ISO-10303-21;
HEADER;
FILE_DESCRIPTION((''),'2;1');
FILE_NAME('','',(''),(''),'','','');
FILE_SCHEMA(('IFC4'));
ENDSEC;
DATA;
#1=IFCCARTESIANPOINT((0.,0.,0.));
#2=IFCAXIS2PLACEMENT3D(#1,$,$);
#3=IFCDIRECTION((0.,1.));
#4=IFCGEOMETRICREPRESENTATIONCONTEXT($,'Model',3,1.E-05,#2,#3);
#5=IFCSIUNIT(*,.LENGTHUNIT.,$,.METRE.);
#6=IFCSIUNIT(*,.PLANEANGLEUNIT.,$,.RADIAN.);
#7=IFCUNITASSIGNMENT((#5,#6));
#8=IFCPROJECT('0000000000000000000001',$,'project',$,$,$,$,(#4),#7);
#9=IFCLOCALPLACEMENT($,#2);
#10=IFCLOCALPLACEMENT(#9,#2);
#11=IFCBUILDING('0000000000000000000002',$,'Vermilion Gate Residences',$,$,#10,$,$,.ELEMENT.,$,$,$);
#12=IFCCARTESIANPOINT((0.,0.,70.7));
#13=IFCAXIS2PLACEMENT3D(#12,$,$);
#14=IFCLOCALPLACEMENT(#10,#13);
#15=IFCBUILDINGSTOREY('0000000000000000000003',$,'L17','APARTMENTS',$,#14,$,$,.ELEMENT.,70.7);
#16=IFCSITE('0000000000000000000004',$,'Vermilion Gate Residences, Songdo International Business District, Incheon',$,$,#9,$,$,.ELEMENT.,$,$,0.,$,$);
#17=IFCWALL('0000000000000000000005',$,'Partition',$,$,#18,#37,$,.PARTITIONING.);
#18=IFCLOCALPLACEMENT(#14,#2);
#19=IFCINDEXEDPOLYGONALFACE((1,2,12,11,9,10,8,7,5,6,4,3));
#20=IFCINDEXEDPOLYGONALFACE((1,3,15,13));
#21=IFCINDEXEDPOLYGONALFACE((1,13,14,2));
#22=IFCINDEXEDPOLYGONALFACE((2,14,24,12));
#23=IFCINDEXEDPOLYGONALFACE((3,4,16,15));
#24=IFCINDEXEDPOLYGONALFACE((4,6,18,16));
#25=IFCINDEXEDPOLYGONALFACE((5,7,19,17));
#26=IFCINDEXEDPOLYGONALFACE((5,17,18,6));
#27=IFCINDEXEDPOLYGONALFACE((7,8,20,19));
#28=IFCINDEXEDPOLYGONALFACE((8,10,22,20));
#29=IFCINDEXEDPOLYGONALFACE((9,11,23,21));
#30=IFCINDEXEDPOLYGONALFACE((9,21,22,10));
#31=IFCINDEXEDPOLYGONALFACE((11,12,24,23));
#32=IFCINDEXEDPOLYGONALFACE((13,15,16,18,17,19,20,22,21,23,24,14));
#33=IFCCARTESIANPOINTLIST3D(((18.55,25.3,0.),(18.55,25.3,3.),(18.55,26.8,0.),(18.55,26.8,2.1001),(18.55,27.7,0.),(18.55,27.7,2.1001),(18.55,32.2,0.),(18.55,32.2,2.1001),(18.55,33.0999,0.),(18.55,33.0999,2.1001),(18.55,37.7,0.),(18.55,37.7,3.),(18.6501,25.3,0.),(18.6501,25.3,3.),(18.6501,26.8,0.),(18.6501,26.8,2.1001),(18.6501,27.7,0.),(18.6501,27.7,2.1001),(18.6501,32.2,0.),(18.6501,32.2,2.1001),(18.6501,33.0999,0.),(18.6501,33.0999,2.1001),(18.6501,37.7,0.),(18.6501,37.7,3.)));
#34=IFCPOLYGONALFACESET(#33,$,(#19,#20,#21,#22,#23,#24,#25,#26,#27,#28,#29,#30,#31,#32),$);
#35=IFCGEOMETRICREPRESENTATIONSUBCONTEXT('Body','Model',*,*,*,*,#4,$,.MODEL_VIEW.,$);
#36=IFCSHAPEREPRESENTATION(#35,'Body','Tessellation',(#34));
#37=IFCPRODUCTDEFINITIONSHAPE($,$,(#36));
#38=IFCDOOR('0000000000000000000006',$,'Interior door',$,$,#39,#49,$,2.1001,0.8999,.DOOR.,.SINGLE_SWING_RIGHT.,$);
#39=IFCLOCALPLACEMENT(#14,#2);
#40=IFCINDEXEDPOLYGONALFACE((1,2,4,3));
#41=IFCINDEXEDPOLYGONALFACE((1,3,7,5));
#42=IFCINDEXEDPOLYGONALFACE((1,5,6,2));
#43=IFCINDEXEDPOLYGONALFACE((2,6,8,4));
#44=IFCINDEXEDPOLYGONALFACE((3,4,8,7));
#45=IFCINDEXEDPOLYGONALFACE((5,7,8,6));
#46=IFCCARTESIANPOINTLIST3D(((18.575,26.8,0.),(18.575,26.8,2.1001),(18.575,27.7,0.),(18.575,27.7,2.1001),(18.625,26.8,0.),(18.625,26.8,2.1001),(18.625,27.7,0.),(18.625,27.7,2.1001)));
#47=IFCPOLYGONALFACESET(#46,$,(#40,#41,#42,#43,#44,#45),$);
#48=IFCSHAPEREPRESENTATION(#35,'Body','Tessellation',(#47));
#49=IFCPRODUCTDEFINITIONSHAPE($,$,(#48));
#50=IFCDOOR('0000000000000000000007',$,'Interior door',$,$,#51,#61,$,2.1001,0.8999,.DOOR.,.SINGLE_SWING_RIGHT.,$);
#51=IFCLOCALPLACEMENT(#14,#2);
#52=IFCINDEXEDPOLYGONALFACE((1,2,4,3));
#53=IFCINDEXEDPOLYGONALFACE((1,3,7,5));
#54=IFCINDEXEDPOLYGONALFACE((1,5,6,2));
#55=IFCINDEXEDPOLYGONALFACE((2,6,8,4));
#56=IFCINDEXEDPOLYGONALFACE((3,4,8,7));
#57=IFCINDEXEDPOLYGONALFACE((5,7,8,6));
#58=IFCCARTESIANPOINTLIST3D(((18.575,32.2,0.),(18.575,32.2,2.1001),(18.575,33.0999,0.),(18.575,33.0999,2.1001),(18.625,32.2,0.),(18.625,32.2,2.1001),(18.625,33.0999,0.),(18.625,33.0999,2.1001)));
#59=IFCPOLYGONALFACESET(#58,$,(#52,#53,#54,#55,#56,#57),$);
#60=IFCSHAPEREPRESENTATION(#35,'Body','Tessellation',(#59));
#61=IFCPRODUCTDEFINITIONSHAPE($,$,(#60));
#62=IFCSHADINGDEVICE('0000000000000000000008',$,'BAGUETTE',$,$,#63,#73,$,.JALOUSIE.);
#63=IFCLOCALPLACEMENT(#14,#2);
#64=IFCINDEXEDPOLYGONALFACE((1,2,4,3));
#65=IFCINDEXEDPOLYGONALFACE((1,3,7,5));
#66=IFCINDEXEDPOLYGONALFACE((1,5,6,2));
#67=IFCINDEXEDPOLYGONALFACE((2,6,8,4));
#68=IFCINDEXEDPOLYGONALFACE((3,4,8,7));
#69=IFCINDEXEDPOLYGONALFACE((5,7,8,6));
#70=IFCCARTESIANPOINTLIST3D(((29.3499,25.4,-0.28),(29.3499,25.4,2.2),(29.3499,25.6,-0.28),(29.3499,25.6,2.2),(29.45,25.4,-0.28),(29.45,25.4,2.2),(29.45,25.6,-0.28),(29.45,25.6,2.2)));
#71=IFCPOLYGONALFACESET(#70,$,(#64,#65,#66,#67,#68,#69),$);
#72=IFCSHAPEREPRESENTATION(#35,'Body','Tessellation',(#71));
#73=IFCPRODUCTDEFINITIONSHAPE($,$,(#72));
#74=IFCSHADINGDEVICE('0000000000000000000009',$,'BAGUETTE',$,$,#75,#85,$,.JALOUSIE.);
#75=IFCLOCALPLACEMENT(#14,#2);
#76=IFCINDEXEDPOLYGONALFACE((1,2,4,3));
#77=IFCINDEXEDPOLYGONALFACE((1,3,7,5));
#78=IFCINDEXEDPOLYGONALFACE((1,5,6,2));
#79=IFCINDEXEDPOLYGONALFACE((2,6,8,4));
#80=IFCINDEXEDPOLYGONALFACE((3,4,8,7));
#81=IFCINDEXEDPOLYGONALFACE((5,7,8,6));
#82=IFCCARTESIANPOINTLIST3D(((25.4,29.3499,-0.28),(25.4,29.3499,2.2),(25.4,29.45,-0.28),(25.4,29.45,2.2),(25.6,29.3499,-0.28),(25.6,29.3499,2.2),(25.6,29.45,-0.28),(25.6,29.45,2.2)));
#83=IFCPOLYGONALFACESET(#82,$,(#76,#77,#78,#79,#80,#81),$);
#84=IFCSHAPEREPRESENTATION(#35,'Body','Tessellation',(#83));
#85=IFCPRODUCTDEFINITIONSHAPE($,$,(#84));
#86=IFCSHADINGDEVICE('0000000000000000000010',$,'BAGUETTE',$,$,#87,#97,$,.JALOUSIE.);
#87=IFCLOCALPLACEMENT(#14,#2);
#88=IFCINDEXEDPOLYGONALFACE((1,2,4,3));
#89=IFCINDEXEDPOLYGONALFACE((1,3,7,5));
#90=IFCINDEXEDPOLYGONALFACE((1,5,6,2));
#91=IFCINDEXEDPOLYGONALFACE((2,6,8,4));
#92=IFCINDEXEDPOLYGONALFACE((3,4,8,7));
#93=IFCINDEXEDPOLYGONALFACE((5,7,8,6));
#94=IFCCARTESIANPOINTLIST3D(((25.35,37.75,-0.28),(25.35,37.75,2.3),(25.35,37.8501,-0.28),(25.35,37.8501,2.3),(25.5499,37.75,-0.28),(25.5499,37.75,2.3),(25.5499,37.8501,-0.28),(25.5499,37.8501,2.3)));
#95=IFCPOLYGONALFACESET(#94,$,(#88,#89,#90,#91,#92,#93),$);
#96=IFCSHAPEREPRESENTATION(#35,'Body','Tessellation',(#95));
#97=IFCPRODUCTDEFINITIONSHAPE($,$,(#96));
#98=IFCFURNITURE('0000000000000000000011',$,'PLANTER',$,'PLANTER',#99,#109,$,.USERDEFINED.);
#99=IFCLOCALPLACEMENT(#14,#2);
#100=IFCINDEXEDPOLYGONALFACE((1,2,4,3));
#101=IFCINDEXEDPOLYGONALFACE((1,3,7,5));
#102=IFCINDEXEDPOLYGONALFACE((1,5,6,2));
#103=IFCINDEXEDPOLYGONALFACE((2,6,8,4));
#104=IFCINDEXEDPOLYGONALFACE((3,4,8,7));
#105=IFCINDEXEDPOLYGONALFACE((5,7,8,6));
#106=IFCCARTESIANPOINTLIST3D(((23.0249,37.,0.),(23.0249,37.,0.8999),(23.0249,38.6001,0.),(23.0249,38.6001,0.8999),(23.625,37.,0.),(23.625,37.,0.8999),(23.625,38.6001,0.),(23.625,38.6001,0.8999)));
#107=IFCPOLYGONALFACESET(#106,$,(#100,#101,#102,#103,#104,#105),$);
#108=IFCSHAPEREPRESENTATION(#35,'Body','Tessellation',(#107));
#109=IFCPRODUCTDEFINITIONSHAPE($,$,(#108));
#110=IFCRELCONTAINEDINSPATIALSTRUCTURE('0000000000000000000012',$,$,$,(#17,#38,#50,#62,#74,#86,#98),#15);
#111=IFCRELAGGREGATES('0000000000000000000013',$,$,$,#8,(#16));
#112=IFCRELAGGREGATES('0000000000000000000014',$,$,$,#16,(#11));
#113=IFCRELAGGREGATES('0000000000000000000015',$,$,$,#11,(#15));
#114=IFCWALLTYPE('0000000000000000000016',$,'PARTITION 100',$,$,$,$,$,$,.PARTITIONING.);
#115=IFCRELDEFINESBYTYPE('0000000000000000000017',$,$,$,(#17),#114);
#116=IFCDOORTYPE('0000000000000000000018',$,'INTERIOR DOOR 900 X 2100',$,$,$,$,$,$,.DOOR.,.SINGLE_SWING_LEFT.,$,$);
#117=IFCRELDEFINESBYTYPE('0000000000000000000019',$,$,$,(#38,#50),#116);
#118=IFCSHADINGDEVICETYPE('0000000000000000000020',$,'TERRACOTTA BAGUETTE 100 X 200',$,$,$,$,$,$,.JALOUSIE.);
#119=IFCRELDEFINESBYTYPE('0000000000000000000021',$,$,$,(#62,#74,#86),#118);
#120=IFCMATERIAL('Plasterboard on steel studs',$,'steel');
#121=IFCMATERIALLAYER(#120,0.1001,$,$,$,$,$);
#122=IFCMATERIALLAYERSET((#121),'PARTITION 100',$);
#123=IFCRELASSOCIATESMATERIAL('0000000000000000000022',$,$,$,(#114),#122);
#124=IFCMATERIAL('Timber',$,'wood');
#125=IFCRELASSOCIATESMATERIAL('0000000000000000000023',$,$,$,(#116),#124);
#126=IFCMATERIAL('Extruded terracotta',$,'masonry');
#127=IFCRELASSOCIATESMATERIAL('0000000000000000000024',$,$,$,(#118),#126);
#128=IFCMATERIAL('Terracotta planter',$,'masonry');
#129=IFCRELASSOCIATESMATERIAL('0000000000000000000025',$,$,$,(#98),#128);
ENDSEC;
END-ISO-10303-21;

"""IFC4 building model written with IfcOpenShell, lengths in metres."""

from ifc_helpers import new_model, si_unit, direction, frame, frame_2d, origin, origin_2d, place, context, subcontext, project, spatial, rectangle, extrude, material, layer, layer_set, material_profile, profile_set, type_object, element, fill, save


model = new_model("IFC4")

# Units and contexts
model_context = context("Model", 3, precision=1e-05, world=origin(), true_north=direction((0.0, 1.0)))
body_context = subcontext(model_context, "Body", "Model", "MODEL_VIEW")
ifc_project = project(units=[si_unit("LENGTHUNIT", "METRE"), si_unit("PLANEANGLEUNIT", "RADIAN")], contexts=[model_context])

# Site, building, storey
site_placement = place(None, origin())
site = spatial("IfcSite", under=ifc_project, at=site_placement, Name="Vermilion Gate Residences, Songdo International Business District, Incheon", CompositionType="ELEMENT", RefElevation=0.0)
building_placement = place(site_placement, origin())
building = spatial("IfcBuilding", under=site, at=building_placement, Name="Vermilion Gate Residences", CompositionType="ELEMENT")
storey_placement = place(building_placement, frame((0.0, 0.0, 70.7)))
storey = spatial("IfcBuildingStorey", under=building, at=storey_placement, Name="L17", Description="APARTMENTS", CompositionType="ELEMENT", Elevation=70.7)

# Shared definitions
ifc_material_1 = material(Name="Plasterboard on steel studs", Category="steel")
ifc_layer = layer(ifc_material_1, 0.1001)
ifc_layer_set = layer_set([ifc_layer], Name="PARTITION 100")
wall_type = type_object("IfcWallType", Name="PARTITION 100", PredefinedType="PARTITIONING", material=ifc_layer_set)

# Wall, openings, doors
ifc_material_2 = material(Name="Timber", Category="wood")
door_type = type_object("IfcDoorType", Name="INTERIOR DOOR 900 X 2100", OperationType="SINGLE_SWING_LEFT", PredefinedType="DOOR", material=ifc_material_2)
wall_1_placement = place(storey_placement, frame((18.6001, 25.3, 0.0), z_axis=(0.0, 0.0, 1.0), x_axis=(0.0, 1.0, 0.0)))
wall_1 = element("IfcWall", 1, at=wall_1_placement, inside=storey, type_object=wall_type, Name="Partition", PredefinedType="PARTITIONING", context=body_context, shape_type="SweptSolid", body=[
    extrude(rectangle(XDim=12.3999, YDim=0.1001, at=frame_2d((6.2, 0.0))), origin(), (0.0, 0.0, 1.0), 3.0),
])
opening_1_placement = place(wall_1_placement, frame((1.5, 0.0, 0.0)))
opening_1 = element("IfcOpeningElement", 2, at=opening_1_placement, cuts=wall_1, PredefinedType="OPENING", context=body_context, shape_type="SweptSolid", body=[
    extrude(rectangle(XDim=0.8999, YDim=2.1001, at=frame_2d((0.45, 1.05))), frame((0.0, 0.0601, 0.0), z_axis=(0.0, -1.0, 0.0), x_axis=(1.0, 0.0, 0.0)), (0.0, 0.0, 1.0), 0.1201),
])
opening_2_placement = place(wall_1_placement, frame((6.8999, 0.0, 0.0)))
opening_2 = element("IfcOpeningElement", 3, at=opening_2_placement, cuts=wall_1, PredefinedType="OPENING", context=body_context, shape_type="SweptSolid", body=[
    extrude(rectangle(XDim=0.8999, YDim=2.1001, at=frame_2d((0.45, 1.05))), frame((0.0, 0.0601, 0.0), z_axis=(0.0, -1.0, 0.0), x_axis=(1.0, 0.0, 0.0)), (0.0, 0.0, 1.0), 0.1201),
])
door_1_placement = place(opening_1_placement, frame((0.8999, 0.0, 0.0), z_axis=(0.0, 0.0, 1.0), x_axis=(-1.0, 0.0, 0.0)))
door_1 = element("IfcDoor", 4, at=door_1_placement, inside=storey, type_object=door_type, Name="Interior door", OperationType="SINGLE_SWING_RIGHT", OverallHeight=2.1001, OverallWidth=0.8999, PredefinedType="DOOR", context=body_context, shape_type="SweptSolid", body=[
    extrude(rectangle(XDim=0.8999, YDim=2.1001, at=frame_2d((0.45, 1.05))), frame((0.0, 0.0249, 0.0), z_axis=(0.0, -1.0, 0.0), x_axis=(1.0, 0.0, 0.0)), (0.0, 0.0, 1.0), 0.05),
])
fill(opening_1, door_1)
door_2_placement = place(opening_2_placement, frame((0.8999, 0.0, 0.0), z_axis=(0.0, 0.0, 1.0), x_axis=(-1.0, 0.0, 0.0)))
door_2 = element("IfcDoor", 5, at=door_2_placement, inside=storey, type_object=door_type, Name="Interior door", OperationType="SINGLE_SWING_RIGHT", OverallHeight=2.1001, OverallWidth=0.8999, PredefinedType="DOOR", context=body_context, shape_type="SweptSolid", body=[
    extrude(rectangle(XDim=0.8999, YDim=2.1001, at=frame_2d((0.45, 1.05))), frame((0.0, 0.0249, 0.0), z_axis=(0.0, -1.0, 0.0), x_axis=(1.0, 0.0, 0.0)), (0.0, 0.0, 1.0), 0.05),
])
fill(opening_2, door_2)

# Shading devices
ifc_material_3 = material(Name="Extruded terracotta", Category="masonry")
ifc_material_profile_1 = material_profile(ifc_material_3, rectangle(XDim=0.2, YDim=0.1001, at=origin_2d()), Name="BAGUETTE 100 X 200")
ifc_profile_set_1 = profile_set([ifc_material_profile_1], Name="Extruded terracotta")
shading_device_type = type_object("IfcShadingDeviceType", Name="TERRACOTTA BAGUETTE 100 X 200", PredefinedType="JALOUSIE", material=ifc_profile_set_1)
for number, where, z_axis, x_axis, name in (
    (6, (29.3999, 25.5, -0.28), (0.0, 0.0, 1.0), (0.0, -1.0, 0.0), "BAGUETTE"),
    (7, (25.5, 29.3999, -0.28), (0.0, 0.0, 1.0), (-1.0, 0.0, 0.0), "BAGUETTE"),
):
    element("IfcShadingDevice", number, at=place(storey_placement, frame(where, z_axis=z_axis, x_axis=x_axis)), inside=storey, type_object=shading_device_type, Name=name, PredefinedType="JALOUSIE", context=body_context, shape_type="SweptSolid", body=[
        extrude(rectangle(XDim=0.2, YDim=0.1001, at=origin_2d()), origin(), (0.0, 0.0, 1.0), 2.48),
    ])
shading_device_placement = place(storey_placement, frame((25.45, 37.8, -0.28), z_axis=(0.0, 0.0, 1.0), x_axis=(-1.0, 0.0, 0.0)))
element("IfcShadingDevice", 8, at=shading_device_placement, inside=storey, type_object=shading_device_type, Name="BAGUETTE", PredefinedType="JALOUSIE", context=body_context, shape_type="SweptSolid", body=[
    extrude(rectangle(XDim=0.2, YDim=0.1001, at=origin_2d()), origin(), (0.0, 0.0, 1.0), 2.5801),
])

# Furniture
ifc_material_4 = material(Name="Terracotta planter", Category="masonry")
furniture_placement = place(storey_placement, frame((23.325, 37.8, 0.0), z_axis=(0.0, 0.0, 1.0), x_axis=(0.0, 1.0, 0.0)))
element("IfcFurniture", 9, at=furniture_placement, inside=storey, material=ifc_material_4, Name="PLANTER", ObjectType="PLANTER", PredefinedType="USERDEFINED", context=body_context, shape_type="SweptSolid", body=[
    extrude(rectangle(XDim=1.6001, YDim=0.6001, at=origin_2d()), origin(), (0.0, 0.0, 1.0), 0.8999),
])

save(model, "model.ifc")
